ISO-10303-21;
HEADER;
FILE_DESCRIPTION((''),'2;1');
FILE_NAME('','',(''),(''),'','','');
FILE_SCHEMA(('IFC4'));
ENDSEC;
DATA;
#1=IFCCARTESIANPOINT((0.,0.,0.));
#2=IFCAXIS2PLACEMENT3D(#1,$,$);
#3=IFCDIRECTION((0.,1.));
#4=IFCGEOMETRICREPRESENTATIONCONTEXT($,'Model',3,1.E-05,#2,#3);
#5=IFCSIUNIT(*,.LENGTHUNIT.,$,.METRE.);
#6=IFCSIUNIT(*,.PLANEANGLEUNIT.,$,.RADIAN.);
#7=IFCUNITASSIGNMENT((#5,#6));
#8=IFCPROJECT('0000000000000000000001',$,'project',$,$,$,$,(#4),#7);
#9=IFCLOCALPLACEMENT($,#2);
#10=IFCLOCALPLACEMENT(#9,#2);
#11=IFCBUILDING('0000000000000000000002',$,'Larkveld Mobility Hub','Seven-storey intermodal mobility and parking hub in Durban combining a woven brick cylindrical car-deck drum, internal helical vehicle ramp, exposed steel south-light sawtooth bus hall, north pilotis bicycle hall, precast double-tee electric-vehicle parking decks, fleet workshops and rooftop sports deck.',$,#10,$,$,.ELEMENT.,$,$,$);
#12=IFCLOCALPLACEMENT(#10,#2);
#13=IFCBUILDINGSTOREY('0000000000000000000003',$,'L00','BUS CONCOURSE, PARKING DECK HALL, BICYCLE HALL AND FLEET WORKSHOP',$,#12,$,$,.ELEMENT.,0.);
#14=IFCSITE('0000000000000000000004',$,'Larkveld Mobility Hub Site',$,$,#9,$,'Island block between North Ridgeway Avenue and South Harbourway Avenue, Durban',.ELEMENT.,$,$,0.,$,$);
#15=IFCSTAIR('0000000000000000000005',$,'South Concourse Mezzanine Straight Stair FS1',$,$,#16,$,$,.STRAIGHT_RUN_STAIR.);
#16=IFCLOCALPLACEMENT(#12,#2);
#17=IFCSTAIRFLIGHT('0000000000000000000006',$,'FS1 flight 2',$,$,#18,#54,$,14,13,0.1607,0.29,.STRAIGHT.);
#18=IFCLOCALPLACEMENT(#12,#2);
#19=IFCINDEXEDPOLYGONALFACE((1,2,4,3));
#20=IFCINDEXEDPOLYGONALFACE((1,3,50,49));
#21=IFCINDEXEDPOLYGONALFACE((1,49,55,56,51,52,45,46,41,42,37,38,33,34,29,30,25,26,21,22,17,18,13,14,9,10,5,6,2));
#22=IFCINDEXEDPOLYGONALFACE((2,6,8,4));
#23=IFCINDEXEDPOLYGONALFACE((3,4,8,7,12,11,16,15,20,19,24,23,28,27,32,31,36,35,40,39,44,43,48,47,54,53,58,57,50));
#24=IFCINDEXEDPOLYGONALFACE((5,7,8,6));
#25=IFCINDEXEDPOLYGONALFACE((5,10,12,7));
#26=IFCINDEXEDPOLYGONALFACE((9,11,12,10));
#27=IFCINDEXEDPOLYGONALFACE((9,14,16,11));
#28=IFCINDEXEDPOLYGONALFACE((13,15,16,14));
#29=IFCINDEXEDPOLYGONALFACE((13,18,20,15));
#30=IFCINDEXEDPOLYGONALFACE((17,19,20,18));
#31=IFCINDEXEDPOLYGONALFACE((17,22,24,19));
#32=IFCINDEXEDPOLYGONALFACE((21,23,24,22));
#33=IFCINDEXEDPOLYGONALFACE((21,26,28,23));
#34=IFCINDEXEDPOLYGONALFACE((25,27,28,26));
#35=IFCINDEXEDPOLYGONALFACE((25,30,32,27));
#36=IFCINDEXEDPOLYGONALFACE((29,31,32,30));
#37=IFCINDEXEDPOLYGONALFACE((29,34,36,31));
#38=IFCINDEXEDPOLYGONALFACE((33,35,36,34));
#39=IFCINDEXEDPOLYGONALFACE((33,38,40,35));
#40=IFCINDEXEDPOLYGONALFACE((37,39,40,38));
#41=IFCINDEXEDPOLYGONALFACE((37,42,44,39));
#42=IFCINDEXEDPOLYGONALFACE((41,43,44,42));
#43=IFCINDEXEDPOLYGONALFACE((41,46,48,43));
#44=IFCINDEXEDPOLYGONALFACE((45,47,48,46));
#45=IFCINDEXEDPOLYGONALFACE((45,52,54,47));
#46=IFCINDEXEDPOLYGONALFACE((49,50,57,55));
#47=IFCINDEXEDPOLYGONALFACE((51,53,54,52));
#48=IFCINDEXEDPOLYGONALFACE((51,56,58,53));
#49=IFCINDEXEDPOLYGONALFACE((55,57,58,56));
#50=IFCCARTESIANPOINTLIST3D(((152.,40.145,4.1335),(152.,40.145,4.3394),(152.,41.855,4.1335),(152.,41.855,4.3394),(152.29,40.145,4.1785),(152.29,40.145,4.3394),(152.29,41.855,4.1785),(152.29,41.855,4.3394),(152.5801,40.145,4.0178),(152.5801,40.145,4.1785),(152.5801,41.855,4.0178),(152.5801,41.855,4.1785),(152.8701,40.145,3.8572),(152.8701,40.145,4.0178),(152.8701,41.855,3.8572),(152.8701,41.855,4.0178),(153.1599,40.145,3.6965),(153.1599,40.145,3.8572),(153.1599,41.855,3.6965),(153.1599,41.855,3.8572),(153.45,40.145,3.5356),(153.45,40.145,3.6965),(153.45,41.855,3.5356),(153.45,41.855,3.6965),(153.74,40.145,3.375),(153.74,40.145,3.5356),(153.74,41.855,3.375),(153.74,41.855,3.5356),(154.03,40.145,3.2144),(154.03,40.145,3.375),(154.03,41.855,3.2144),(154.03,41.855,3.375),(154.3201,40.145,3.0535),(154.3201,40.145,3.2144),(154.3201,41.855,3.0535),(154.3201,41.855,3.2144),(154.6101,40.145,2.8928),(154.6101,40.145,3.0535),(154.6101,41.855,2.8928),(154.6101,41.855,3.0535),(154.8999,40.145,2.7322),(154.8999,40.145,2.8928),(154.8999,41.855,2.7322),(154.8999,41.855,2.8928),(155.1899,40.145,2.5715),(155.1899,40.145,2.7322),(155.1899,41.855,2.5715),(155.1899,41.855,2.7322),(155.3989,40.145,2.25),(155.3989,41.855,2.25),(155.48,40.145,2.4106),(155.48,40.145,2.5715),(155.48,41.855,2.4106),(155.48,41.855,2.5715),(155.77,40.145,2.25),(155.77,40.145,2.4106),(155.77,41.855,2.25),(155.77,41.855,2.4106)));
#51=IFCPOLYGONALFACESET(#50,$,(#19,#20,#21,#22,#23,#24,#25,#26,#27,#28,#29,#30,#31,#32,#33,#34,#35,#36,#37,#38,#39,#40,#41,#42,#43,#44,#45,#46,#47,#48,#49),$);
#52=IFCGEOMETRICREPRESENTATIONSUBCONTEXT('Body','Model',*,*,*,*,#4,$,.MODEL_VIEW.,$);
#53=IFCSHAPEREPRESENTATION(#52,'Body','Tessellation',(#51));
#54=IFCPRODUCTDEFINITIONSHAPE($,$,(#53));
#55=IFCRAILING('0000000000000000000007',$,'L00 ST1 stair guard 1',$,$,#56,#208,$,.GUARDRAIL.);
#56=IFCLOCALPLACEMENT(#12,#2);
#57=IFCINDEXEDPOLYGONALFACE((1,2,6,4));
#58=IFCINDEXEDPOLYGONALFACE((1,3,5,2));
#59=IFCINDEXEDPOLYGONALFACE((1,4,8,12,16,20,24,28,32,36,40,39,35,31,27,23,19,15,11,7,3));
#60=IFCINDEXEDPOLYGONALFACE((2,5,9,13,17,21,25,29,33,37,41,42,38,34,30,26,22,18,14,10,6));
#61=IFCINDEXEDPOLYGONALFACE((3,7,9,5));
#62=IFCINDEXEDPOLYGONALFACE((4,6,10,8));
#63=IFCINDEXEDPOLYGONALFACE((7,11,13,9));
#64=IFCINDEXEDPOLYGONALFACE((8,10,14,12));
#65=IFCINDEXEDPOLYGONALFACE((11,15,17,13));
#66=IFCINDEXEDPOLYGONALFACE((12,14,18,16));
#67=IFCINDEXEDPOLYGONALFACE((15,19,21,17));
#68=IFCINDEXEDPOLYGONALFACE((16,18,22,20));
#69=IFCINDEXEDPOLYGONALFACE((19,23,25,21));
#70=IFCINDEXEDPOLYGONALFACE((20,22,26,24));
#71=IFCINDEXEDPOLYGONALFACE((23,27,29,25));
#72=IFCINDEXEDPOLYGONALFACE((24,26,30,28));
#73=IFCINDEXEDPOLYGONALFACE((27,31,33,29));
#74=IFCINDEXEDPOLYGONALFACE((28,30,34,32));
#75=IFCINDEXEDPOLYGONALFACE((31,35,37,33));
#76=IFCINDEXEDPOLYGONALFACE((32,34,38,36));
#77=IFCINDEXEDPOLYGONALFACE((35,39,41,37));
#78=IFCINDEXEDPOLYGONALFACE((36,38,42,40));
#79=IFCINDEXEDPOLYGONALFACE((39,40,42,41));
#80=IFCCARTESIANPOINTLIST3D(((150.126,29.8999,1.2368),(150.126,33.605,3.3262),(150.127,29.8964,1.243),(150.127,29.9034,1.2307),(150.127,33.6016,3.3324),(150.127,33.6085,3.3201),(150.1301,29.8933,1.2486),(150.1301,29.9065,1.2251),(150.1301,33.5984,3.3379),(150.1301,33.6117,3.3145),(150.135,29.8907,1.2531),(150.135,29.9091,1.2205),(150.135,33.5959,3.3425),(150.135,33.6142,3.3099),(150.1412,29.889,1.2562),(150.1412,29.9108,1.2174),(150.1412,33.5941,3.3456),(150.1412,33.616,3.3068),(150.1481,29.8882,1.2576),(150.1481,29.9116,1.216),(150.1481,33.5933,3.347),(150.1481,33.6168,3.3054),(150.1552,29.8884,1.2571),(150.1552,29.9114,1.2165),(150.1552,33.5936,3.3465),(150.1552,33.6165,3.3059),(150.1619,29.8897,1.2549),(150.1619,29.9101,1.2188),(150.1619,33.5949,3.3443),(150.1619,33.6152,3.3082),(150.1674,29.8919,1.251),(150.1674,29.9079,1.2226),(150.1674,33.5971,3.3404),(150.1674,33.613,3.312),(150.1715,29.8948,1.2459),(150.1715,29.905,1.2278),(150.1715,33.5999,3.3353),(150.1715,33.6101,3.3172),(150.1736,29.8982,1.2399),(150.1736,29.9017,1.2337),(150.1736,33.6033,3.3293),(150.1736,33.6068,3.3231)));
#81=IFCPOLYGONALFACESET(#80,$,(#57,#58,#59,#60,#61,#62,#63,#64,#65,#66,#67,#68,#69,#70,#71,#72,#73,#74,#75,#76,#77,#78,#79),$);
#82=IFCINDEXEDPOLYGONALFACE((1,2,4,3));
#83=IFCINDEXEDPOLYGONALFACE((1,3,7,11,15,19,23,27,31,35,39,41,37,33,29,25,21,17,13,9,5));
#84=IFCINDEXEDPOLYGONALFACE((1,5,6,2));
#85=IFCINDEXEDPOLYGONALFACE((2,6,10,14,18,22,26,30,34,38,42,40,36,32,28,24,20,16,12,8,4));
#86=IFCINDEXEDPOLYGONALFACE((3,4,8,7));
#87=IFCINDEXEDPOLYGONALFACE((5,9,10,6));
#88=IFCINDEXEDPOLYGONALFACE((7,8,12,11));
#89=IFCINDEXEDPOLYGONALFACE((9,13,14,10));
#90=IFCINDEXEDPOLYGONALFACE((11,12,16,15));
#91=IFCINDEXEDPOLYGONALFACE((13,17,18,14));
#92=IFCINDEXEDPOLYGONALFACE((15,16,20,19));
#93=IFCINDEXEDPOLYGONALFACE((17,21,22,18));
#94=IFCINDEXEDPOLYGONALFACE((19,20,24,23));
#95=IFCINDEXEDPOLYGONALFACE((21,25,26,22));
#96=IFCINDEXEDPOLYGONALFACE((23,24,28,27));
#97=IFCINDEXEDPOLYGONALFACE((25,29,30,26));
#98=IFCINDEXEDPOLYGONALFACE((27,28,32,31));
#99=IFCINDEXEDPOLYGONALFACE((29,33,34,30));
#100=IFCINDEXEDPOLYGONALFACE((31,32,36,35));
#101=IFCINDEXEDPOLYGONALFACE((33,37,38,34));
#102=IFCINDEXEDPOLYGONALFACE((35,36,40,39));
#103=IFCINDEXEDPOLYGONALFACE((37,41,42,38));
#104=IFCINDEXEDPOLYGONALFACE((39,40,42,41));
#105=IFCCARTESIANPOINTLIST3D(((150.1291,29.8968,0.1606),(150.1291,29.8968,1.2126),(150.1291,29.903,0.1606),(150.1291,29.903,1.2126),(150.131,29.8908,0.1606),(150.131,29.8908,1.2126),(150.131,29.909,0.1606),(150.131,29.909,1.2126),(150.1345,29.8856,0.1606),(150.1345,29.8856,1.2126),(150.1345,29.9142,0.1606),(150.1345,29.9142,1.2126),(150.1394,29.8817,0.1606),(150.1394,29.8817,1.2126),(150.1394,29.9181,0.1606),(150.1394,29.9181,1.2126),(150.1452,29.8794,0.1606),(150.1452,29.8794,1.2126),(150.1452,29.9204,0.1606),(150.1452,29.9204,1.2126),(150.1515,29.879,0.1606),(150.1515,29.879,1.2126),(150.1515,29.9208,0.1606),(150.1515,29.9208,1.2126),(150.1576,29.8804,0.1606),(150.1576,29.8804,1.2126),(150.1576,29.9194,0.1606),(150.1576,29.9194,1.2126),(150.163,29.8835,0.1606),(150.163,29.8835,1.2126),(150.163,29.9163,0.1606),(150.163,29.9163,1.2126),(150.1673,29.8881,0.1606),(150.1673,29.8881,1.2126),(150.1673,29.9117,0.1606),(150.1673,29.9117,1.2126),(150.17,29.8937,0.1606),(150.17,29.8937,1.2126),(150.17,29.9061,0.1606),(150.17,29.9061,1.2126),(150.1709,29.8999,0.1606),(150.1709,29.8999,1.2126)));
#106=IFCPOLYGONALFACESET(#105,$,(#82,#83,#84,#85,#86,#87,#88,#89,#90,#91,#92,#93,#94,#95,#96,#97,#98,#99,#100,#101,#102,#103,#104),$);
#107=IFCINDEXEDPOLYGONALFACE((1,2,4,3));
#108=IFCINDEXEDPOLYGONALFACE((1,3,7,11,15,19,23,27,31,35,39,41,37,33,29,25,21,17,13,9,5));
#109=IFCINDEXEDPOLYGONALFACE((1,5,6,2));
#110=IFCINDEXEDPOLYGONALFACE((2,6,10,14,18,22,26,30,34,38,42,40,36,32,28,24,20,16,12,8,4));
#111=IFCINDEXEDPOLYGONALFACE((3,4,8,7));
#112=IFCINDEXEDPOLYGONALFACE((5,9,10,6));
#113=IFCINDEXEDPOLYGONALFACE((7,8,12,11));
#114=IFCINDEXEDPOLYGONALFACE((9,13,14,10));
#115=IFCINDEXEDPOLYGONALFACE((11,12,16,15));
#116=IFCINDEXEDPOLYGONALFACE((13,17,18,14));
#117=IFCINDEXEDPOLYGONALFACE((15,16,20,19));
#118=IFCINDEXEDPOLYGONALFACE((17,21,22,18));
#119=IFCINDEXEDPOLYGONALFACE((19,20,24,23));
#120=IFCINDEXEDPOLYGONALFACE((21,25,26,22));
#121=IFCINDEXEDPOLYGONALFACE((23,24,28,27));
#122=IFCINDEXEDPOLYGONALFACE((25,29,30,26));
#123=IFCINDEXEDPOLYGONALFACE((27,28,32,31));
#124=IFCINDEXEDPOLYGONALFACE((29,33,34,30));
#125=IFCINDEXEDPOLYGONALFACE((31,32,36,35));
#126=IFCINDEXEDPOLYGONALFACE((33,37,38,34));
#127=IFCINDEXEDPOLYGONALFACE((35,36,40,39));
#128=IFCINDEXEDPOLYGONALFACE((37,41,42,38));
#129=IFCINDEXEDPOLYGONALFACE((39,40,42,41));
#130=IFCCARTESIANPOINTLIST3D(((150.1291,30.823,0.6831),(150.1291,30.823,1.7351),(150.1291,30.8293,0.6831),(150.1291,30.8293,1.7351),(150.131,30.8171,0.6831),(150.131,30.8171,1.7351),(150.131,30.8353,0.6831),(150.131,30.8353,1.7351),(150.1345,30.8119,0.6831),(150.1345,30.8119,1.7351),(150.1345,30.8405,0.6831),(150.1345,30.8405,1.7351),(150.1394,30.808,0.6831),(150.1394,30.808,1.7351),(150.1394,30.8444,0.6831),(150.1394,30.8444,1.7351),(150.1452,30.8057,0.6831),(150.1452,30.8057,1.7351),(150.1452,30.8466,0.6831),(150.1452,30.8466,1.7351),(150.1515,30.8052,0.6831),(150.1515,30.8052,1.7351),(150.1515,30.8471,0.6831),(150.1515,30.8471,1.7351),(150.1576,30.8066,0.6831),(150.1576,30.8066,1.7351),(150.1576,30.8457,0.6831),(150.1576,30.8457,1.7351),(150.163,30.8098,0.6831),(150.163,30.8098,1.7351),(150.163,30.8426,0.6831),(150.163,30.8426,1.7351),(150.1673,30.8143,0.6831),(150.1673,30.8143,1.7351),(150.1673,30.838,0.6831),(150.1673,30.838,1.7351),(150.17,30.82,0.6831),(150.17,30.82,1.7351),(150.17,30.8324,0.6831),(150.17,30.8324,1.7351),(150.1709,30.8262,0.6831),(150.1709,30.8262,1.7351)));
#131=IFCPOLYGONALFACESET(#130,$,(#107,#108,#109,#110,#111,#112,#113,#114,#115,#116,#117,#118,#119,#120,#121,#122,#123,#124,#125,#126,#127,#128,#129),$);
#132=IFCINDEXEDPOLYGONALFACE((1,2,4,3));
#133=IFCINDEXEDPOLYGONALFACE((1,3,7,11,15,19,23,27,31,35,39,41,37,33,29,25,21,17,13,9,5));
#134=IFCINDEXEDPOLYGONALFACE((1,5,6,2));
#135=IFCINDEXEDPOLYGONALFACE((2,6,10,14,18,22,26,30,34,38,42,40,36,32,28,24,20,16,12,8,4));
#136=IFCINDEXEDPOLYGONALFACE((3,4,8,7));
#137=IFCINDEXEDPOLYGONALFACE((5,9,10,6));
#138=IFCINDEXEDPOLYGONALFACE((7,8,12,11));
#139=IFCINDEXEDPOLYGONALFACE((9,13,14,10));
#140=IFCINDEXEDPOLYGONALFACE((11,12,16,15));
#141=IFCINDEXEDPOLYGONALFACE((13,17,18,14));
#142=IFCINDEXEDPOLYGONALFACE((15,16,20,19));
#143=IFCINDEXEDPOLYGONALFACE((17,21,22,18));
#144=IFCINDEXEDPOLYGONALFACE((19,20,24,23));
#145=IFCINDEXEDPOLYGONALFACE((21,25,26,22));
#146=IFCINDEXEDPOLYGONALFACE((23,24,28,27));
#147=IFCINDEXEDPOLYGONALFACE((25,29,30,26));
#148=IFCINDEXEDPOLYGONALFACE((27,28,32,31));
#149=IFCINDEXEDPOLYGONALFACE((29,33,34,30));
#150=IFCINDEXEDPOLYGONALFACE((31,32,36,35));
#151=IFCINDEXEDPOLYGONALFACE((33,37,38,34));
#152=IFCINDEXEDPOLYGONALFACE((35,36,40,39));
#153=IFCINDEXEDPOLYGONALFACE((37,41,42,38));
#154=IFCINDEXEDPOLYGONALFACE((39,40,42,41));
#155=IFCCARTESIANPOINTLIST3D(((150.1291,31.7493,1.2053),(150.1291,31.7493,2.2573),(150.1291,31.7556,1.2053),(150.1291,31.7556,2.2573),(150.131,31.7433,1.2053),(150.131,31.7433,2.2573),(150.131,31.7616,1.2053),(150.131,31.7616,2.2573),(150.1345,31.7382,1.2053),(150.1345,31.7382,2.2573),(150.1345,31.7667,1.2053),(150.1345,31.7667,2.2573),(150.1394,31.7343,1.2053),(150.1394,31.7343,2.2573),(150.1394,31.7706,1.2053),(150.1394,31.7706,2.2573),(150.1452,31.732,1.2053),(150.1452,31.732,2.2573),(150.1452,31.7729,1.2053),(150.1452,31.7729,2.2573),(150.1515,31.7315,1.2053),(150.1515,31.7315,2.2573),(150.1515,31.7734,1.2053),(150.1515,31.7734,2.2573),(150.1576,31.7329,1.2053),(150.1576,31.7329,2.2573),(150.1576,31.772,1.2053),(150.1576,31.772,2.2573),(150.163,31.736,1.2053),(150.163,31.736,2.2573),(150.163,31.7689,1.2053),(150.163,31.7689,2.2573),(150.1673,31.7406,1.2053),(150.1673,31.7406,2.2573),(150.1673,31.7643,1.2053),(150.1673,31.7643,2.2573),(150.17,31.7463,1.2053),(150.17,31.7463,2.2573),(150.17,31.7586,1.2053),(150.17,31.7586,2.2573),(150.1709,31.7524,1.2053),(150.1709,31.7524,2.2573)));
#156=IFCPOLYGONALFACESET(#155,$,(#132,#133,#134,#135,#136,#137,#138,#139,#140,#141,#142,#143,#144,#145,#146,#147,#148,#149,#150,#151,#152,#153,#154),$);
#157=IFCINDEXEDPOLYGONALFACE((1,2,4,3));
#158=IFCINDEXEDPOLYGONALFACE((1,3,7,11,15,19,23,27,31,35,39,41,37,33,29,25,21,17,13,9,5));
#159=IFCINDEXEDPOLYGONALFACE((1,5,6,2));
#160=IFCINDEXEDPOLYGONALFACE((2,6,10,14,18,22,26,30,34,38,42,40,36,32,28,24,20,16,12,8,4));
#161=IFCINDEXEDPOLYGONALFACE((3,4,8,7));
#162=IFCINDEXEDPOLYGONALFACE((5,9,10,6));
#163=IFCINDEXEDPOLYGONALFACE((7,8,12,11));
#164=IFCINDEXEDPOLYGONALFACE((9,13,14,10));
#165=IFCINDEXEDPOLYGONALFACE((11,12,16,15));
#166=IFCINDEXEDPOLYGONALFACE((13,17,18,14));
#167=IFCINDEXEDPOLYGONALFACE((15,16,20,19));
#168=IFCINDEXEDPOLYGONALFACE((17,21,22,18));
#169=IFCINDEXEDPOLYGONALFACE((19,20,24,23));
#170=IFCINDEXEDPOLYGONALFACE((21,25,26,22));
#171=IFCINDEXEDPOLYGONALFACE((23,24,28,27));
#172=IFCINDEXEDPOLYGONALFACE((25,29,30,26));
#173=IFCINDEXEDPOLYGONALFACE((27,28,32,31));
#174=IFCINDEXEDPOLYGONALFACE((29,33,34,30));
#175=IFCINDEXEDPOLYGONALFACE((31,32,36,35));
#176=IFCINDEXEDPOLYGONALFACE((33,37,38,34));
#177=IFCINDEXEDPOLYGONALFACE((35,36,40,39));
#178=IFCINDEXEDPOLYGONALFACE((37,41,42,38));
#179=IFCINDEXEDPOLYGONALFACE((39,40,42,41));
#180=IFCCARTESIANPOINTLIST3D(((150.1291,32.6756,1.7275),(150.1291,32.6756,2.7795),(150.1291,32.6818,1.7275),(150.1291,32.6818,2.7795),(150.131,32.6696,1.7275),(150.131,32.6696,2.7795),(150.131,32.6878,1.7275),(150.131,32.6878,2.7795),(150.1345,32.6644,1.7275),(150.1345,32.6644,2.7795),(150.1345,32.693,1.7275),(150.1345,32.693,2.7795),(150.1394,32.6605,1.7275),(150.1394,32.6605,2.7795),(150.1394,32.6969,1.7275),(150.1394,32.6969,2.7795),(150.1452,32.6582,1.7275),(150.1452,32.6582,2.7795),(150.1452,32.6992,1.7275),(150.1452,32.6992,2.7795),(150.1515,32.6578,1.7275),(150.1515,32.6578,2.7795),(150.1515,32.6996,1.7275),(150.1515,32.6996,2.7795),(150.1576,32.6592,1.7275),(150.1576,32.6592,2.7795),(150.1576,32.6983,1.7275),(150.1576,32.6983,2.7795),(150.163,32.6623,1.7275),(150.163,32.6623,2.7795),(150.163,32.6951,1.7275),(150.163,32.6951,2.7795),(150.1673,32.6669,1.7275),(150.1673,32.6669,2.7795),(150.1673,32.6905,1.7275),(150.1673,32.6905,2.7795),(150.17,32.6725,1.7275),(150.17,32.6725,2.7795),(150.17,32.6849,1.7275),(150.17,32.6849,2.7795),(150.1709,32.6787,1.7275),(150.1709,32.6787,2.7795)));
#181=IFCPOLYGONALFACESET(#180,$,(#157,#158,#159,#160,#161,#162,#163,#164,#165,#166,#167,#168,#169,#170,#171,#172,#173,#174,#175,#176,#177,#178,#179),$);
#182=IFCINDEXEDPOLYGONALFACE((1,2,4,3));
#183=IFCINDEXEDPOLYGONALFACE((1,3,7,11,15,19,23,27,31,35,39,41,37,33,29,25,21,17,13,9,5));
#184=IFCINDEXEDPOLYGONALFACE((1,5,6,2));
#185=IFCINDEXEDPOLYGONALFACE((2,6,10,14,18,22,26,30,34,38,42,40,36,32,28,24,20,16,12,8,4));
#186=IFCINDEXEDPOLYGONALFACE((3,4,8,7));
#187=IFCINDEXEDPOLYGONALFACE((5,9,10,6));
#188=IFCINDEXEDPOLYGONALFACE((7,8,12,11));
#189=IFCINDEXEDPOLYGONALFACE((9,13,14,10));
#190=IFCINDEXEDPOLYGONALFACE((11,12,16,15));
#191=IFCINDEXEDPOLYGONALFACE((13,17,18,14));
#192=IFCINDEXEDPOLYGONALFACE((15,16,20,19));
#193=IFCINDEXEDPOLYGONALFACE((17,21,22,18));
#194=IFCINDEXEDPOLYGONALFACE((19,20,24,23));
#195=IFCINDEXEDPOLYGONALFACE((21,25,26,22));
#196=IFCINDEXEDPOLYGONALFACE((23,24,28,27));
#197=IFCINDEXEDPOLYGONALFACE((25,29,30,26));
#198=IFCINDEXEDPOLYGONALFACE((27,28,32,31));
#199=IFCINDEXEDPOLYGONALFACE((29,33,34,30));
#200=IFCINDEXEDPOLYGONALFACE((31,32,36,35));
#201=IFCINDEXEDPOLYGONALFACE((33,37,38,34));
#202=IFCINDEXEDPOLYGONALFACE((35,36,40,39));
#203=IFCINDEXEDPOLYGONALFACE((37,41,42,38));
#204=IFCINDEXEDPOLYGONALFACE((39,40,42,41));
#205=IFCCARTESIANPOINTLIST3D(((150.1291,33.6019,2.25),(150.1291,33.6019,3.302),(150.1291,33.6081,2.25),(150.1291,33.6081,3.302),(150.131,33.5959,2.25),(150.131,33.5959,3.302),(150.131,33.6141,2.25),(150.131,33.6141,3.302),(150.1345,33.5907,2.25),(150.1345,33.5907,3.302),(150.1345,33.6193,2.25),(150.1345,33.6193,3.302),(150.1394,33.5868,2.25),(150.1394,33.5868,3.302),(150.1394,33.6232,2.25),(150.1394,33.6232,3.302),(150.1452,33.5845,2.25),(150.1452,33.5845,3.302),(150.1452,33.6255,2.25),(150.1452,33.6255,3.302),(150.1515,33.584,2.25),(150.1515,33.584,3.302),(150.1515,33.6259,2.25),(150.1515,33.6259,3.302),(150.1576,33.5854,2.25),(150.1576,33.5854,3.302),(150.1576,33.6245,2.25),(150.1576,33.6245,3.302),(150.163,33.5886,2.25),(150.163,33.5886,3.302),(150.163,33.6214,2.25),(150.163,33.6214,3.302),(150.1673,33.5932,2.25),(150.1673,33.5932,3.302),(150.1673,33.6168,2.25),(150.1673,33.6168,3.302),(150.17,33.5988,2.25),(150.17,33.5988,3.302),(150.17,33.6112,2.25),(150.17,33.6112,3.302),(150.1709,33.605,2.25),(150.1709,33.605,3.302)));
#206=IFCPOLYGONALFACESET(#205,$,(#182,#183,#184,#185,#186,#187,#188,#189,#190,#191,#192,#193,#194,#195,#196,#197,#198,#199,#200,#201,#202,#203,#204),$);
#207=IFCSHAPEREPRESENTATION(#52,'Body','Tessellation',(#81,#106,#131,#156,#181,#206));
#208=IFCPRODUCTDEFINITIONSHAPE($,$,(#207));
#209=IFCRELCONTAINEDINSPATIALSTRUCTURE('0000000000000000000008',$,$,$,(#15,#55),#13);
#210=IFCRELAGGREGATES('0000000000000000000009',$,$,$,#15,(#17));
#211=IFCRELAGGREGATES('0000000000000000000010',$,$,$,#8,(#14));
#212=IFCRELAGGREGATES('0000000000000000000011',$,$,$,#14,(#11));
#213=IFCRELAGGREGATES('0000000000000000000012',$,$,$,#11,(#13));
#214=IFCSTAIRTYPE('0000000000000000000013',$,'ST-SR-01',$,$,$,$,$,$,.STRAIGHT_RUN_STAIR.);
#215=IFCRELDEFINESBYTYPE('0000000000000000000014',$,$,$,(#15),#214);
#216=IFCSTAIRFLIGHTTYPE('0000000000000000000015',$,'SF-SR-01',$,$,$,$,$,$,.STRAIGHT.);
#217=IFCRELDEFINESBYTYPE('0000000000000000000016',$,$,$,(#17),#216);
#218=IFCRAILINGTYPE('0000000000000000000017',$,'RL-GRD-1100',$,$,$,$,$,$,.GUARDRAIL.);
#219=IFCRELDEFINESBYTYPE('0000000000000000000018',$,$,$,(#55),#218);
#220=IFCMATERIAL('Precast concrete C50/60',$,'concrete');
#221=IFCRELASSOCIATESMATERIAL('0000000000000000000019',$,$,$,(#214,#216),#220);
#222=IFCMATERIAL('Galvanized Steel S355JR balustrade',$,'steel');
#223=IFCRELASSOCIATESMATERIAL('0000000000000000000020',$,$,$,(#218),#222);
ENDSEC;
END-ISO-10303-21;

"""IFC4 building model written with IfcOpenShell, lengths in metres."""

from ifc_helpers import new_model, si_unit, direction, frame, origin, origin_2d, place, context, subcontext, project, spatial, polyline, circle, outline, extrude, material, type_object, element, aggregate, save


model = new_model("IFC4")

# Units and contexts
model_context = context("Model", 3, precision=1e-05, world=origin(), true_north=direction((0.0, 1.0)))
body_context = subcontext(model_context, "Body", "Model", "MODEL_VIEW")
ifc_project = project(units=[si_unit("LENGTHUNIT", "METRE"), si_unit("PLANEANGLEUNIT", "RADIAN")], contexts=[model_context])

# Site, building, storey
site_placement = place(None, origin())
site = spatial("IfcSite", under=ifc_project, at=site_placement, Name="Larkveld Mobility Hub Site", LongName="Island block between North Ridgeway Avenue and South Harbourway Avenue, Durban", CompositionType="ELEMENT", RefElevation=0.0)
building_placement = place(site_placement, origin())
building = spatial("IfcBuilding", under=site, at=building_placement, Name="Larkveld Mobility Hub", Description="Seven-storey intermodal mobility and parking hub in Durban combining a woven brick cylindrical car-deck drum, internal helical vehicle ramp, exposed steel south-light sawtooth bus hall, north pilotis bicycle hall, precast double-tee electric-vehicle parking decks, fleet workshops and rooftop sports deck.", CompositionType="ELEMENT")
storey_placement = place(building_placement, origin())
storey = spatial("IfcBuildingStorey", under=building, at=storey_placement, Name="L00", Description="BUS CONCOURSE, PARKING DECK HALL, BICYCLE HALL AND FLEET WORKSHOP", CompositionType="ELEMENT", Elevation=0.0)

# Stair, stair flight
ifc_material_1 = material(Name="Precast concrete C50/60", Category="concrete")
stair_type_1 = type_object("IfcStairType", Name="ST-SR-01", PredefinedType="STRAIGHT_RUN_STAIR", material=ifc_material_1)
stair_1_placement = place(storey_placement, origin())
stair_1 = element("IfcStair", 1, at=stair_1_placement, inside=storey, type_object=stair_type_1, Name="South Concourse Mezzanine Straight Stair FS1", PredefinedType="STRAIGHT_RUN_STAIR")
stair_flight_type_1 = type_object("IfcStairFlightType", Name="SF-SR-01", PredefinedType="STRAIGHT", material=ifc_material_1)
stair_flight_1_placement = place(storey_placement, frame((155.77, 41.0, 2.25), z_axis=(0.0, 0.0, 1.0), x_axis=(-1.0, 0.0, 0.0)))
stair_flight_1 = element("IfcStairFlight", 2, at=stair_flight_1_placement, type_object=stair_flight_type_1, Name="FS1 flight 2", NumberOfRisers=14, NumberOfTreads=13, PredefinedType="STRAIGHT", RiserHeight=0.1607, TreadLength=0.29, context=body_context, shape_type="SweptSolid", body=[
    extrude(outline(polyline([(0.0, 0.0), (0.0, 0.1606), (0.29, 0.1606), (0.29, 0.3215), (0.5801, 0.3215), (0.5801, 0.4822), (0.8701, 0.4822), (0.8701, 0.6428), (1.1599, 0.6428), (1.1599, 0.8035), (1.45, 0.8035), (1.45, 0.9644), (1.74, 0.9644), (1.74, 1.125), (2.03, 1.125), (2.03, 1.2856), (2.3201, 1.2856), (2.3201, 1.4465), (2.6101, 1.4465), (2.6101, 1.6072), (2.8999, 1.6072), (2.8999, 1.7678), (3.1899, 1.7678), (3.1899, 1.9285), (3.48, 1.9285), (3.48, 2.0894), (3.77, 2.0894), (3.77, 2.25), (3.77, 1.8835), (0.3711, 0.0), (0.0, 0.0)])), frame((0.0, 0.855, 0.0), z_axis=(0.0, -1.0, 0.0), x_axis=(1.0, 0.0, 0.0)), (0.0, 0.0, 1.0), 1.71),
])
aggregate(stair_1, [stair_flight_1])

# Railing
ifc_material_2 = material(Name="Galvanized Steel S355JR balustrade", Category="steel")
railing_type_1 = type_object("IfcRailingType", Name="RL-GRD-1100", PredefinedType="GUARDRAIL", material=ifc_material_2)
railing_1_placement = place(storey_placement, frame((150.1499, 29.8999, 0.1606)))
element("IfcRailing", 3, at=railing_1_placement, inside=storey, type_object=railing_type_1, Name="L00 ST1 stair guard 1", PredefinedType="GUARDRAIL", context=body_context, shape_type="SweptSolid", body=[
    extrude(circle(Radius=0.0239, at=origin_2d()), frame((0.0, 0.0, 1.0762), z_axis=(0.0, 0.871048, 0.491198), x_axis=(-1.0, 0.0, 0.0)), (0.0, 0.0, 1.0), 4.2537),
    extrude(circle(Radius=0.021, at=origin_2d()), origin(), (0.0, 0.0, 1.0), 1.052),
    extrude(circle(Radius=0.021, at=origin_2d()), frame((0.0, 0.9263, 0.5225)), (0.0, 0.0, 1.0), 1.052),
    extrude(circle(Radius=0.021, at=origin_2d()), frame((0.0, 1.8525, 1.0447)), (0.0, 0.0, 1.0), 1.052),
    extrude(circle(Radius=0.021, at=origin_2d()), frame((0.0, 2.7788, 1.5669)), (0.0, 0.0, 1.0), 1.052),
    extrude(circle(Radius=0.021, at=origin_2d()), frame((0.0, 3.7051, 2.0894)), (0.0, 0.0, 1.0), 1.052),
])

save(model, "model.ifc")
